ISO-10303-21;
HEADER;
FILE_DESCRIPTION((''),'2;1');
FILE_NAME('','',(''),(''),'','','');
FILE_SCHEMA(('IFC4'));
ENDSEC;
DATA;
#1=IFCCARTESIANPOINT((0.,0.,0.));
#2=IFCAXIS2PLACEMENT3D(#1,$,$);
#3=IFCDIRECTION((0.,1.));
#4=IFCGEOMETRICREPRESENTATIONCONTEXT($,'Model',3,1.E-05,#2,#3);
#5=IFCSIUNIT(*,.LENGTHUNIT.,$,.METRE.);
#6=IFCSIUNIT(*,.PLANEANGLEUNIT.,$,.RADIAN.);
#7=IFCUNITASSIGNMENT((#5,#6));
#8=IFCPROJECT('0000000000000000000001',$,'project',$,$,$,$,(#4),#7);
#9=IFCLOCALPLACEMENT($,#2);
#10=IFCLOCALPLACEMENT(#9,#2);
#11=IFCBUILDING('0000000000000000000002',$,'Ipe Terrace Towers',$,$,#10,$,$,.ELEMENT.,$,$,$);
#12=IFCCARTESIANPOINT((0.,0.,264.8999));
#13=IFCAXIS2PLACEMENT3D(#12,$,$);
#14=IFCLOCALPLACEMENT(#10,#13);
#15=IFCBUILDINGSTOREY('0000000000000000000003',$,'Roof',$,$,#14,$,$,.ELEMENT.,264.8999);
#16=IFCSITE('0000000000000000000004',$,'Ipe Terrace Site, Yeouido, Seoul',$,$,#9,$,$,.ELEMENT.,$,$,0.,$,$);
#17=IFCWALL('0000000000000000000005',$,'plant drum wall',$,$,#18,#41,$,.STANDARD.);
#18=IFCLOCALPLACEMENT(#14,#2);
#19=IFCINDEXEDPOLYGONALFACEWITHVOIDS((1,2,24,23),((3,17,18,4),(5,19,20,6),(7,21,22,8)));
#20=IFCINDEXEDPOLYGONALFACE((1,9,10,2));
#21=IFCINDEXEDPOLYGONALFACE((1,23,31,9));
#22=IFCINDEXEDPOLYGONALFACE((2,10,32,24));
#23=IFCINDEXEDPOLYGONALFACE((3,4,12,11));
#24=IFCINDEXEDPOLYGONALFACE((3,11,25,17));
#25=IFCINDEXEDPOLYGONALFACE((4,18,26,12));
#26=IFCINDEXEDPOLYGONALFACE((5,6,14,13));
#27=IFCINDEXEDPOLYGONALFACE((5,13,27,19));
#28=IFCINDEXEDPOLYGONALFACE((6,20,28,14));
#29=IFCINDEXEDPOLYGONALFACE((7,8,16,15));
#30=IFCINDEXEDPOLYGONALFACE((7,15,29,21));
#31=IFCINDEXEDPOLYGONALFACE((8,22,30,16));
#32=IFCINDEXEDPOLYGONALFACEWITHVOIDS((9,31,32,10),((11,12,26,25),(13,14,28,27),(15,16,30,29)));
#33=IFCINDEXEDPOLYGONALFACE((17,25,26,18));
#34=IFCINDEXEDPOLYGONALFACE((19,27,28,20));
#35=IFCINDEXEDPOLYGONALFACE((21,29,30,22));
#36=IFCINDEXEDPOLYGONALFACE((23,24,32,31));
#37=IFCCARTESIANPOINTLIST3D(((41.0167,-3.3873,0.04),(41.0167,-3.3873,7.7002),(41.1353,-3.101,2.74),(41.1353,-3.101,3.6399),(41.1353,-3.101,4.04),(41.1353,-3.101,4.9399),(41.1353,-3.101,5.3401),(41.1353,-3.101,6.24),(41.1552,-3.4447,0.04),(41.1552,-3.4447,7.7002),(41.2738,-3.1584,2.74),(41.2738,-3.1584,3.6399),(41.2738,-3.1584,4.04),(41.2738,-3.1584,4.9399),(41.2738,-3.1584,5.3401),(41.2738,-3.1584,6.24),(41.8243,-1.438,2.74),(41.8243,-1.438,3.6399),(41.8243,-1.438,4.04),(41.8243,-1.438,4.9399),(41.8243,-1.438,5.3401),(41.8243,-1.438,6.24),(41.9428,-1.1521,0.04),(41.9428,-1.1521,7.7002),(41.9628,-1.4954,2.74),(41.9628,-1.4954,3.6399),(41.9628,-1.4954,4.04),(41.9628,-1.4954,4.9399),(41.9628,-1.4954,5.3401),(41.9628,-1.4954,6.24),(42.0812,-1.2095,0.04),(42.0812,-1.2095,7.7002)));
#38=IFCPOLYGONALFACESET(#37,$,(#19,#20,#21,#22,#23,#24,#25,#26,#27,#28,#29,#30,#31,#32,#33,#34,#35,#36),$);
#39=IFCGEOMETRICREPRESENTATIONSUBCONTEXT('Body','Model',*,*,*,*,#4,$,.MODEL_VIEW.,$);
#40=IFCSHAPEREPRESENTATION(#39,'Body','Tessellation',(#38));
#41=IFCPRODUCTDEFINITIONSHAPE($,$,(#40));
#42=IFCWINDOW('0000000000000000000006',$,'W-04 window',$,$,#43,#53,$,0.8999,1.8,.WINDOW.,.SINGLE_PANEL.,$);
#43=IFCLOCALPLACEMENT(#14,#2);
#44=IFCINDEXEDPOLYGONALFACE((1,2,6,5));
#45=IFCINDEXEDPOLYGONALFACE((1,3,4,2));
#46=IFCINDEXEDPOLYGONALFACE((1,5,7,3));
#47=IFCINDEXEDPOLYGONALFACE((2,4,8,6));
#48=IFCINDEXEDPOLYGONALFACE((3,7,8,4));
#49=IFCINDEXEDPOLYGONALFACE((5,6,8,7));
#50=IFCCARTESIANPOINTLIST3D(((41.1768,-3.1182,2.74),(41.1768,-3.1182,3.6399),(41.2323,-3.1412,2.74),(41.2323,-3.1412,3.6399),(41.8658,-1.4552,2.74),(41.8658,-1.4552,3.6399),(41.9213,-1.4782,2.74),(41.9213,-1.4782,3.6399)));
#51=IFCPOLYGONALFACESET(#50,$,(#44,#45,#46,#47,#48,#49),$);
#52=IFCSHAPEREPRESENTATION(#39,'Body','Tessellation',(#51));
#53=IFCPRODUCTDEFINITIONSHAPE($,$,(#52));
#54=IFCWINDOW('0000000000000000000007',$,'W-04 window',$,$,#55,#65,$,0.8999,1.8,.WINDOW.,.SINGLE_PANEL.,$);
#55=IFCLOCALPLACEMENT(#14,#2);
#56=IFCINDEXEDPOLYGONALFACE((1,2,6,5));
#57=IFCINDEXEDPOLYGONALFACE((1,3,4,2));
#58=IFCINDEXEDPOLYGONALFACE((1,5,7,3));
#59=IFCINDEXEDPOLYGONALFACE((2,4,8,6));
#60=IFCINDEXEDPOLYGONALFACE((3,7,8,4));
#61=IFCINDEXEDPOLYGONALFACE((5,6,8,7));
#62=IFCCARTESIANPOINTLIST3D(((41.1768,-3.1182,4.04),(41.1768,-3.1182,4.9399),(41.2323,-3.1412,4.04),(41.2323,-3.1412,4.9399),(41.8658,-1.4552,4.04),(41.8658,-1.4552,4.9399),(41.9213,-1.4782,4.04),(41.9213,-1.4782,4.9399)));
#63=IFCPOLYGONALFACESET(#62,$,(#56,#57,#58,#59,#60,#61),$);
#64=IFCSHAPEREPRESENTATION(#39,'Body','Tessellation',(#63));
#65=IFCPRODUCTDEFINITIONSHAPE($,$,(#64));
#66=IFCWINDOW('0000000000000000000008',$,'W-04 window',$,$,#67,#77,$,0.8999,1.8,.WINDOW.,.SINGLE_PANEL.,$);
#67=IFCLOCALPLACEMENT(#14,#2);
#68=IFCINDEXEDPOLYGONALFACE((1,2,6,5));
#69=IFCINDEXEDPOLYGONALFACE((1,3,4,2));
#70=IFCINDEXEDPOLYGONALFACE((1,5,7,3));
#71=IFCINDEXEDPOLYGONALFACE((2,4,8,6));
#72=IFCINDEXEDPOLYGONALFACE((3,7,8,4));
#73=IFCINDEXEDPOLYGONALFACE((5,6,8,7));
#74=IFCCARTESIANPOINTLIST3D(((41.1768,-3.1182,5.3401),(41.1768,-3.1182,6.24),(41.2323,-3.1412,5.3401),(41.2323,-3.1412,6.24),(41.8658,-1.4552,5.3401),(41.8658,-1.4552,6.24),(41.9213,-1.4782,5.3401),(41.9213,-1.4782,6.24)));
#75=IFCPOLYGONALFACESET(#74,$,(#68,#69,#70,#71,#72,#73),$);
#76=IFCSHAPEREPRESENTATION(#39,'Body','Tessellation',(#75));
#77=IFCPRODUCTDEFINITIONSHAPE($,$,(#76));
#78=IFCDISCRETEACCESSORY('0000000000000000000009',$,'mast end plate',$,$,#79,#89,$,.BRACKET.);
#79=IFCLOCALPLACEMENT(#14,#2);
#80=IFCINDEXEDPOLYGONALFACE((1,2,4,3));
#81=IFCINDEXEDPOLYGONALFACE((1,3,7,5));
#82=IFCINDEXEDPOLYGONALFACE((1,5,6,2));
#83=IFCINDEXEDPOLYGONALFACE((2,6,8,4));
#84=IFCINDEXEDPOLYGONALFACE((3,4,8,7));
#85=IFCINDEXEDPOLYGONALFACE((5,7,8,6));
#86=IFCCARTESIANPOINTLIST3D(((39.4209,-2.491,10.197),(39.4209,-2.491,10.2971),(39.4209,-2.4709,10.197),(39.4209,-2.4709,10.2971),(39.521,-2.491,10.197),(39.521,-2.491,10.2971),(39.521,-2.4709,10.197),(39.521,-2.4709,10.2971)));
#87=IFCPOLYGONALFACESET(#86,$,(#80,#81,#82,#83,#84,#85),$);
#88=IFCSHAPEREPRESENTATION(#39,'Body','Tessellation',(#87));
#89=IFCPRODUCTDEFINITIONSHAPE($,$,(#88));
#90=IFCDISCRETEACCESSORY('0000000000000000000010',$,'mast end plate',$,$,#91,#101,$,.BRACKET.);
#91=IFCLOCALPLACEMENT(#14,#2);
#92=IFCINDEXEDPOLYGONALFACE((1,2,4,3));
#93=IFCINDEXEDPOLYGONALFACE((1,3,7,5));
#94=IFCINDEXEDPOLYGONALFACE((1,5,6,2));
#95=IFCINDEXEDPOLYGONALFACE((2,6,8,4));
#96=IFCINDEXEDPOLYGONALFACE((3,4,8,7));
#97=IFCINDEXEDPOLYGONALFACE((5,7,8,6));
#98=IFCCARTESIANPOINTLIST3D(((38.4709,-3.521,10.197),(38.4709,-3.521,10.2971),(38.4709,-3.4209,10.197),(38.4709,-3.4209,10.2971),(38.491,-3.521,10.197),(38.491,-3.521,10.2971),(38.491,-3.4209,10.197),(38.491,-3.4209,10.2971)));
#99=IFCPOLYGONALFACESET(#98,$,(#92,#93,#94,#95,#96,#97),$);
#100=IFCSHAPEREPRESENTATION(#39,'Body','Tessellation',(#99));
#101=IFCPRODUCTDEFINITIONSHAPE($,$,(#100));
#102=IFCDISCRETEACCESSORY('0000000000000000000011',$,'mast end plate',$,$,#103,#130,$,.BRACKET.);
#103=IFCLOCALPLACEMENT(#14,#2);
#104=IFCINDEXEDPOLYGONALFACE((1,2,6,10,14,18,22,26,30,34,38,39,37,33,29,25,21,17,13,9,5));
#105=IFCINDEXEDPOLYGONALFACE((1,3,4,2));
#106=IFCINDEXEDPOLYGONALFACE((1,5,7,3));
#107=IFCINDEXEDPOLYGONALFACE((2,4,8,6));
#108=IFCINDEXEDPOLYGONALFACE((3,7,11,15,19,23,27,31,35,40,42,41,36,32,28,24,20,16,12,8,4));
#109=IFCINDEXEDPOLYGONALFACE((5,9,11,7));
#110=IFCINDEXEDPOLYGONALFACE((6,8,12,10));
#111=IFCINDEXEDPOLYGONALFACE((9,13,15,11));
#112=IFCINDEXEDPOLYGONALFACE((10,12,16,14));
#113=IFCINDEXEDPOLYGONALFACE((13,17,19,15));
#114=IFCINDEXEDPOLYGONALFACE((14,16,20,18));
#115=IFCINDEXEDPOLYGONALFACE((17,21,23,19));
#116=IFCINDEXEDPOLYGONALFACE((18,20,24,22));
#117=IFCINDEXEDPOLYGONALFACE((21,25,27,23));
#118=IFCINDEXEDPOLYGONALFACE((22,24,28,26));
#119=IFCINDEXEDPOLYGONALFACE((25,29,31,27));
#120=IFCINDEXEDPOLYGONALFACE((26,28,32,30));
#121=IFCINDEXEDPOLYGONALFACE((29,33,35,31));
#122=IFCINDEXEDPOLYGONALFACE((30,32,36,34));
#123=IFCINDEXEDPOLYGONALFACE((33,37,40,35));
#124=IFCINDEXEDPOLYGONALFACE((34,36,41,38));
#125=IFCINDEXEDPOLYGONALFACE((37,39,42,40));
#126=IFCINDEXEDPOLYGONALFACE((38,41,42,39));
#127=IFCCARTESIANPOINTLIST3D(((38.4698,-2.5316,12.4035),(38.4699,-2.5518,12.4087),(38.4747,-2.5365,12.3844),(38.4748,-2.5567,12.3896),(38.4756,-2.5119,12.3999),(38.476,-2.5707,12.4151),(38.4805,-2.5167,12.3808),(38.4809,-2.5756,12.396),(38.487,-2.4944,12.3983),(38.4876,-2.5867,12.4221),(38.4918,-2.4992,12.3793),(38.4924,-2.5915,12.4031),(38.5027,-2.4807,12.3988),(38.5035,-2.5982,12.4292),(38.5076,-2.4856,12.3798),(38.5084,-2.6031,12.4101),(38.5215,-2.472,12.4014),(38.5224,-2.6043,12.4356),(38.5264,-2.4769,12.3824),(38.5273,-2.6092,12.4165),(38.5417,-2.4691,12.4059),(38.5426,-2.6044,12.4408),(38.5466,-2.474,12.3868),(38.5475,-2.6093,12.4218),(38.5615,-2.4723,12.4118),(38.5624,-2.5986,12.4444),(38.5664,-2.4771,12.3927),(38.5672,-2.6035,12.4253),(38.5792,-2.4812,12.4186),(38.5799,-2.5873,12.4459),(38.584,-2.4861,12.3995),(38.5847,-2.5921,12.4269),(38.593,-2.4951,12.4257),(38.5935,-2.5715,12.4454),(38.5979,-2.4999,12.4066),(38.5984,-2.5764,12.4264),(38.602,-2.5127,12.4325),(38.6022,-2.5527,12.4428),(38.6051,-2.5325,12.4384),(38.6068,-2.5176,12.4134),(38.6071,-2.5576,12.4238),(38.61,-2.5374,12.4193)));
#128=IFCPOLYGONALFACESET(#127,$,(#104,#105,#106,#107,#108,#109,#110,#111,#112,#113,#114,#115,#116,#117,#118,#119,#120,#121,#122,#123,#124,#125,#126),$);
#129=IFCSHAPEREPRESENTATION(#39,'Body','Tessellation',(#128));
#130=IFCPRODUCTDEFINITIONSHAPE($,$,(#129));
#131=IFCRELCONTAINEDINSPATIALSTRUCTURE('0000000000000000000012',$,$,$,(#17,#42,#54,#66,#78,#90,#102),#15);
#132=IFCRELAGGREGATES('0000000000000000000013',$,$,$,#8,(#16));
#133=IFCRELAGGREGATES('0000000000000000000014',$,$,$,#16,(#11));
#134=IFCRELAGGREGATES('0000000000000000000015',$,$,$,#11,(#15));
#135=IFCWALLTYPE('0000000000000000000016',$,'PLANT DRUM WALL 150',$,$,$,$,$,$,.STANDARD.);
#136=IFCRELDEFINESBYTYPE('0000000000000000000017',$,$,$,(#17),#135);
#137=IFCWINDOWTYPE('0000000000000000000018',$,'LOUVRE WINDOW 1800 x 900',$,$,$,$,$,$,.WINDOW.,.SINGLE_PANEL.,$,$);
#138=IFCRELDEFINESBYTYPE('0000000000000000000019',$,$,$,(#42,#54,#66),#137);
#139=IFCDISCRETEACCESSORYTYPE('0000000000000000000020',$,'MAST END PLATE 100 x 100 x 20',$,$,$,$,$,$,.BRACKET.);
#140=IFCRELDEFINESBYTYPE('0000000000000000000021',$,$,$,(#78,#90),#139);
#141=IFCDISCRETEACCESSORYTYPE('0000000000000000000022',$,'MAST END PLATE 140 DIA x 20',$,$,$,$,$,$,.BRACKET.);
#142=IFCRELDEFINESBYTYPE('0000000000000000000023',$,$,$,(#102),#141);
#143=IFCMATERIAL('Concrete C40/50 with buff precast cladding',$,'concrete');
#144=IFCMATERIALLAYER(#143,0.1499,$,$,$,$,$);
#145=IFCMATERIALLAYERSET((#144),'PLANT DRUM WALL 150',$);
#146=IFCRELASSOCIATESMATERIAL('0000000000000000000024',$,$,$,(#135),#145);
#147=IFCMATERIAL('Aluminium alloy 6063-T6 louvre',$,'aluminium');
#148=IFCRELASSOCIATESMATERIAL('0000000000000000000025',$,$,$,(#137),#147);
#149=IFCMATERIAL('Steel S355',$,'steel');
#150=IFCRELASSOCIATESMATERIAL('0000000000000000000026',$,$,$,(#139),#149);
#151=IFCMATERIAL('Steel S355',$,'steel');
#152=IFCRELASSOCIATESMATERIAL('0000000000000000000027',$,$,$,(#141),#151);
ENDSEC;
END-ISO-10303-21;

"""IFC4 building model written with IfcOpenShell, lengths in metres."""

from ifc_helpers import new_model, si_unit, direction, frame, frame_2d, origin, origin_2d, place, context, subcontext, project, spatial, rectangle, circle, extrude, material, layer, layer_set, material_profile, profile_set, type_object, element, fill, save


model = new_model("IFC4")

# Units and contexts
model_context = context("Model", 3, precision=1e-05, world=origin(), true_north=direction((0.0, 1.0)))
body_context = subcontext(model_context, "Body", "Model", "MODEL_VIEW")
ifc_project = project(units=[si_unit("LENGTHUNIT", "METRE"), si_unit("PLANEANGLEUNIT", "RADIAN")], contexts=[model_context])

# Site, building, storey
site_placement = place(None, origin())
site = spatial("IfcSite", under=ifc_project, at=site_placement, Name="Ipe Terrace Site, Yeouido, Seoul", CompositionType="ELEMENT", RefElevation=0.0)
building_placement = place(site_placement, origin())
building = spatial("IfcBuilding", under=site, at=building_placement, Name="Ipe Terrace Towers", CompositionType="ELEMENT")
storey_placement = place(building_placement, frame((0.0, 0.0, 264.8999)))
storey = spatial("IfcBuildingStorey", under=building, at=storey_placement, Name="Roof", CompositionType="ELEMENT", Elevation=264.8999)

# Wall, openings, windows
ifc_material_1 = material(Name="Concrete C40/50 with buff precast cladding", Category="concrete")
ifc_layer = layer(ifc_material_1, 0.1499)
ifc_layer_set = layer_set([ifc_layer], Name="PLANT DRUM WALL 150")
wall_type = type_object("IfcWallType", Name="PLANT DRUM WALL 150", PredefinedType="STANDARD", material=ifc_layer_set)
wall_placement = place(storey_placement, frame((41.0859, -3.416, 0.04), z_axis=(0.0, 0.0, 1.0), x_axis=(0.382759, 0.923848, 0.0)))
wall = element("IfcWall", 1, at=wall_placement, inside=storey, type_object=wall_type, Name="plant drum wall", PredefinedType="STANDARD", context=body_context, shape_type="SweptSolid", body=[
    extrude(rectangle(XDim=2.4194, YDim=0.1499, at=frame_2d((1.2097, 0.0))), origin(), (0.0, 0.0, 1.0), 7.6602),
])
opening_1_placement = place(wall_placement, frame((0.3101, 0.0, 2.7)))
opening_1 = element("IfcOpeningElement", 2, at=opening_1_placement, cuts=wall, PredefinedType="OPENING", context=body_context, shape_type="SweptSolid", body=[
    extrude(rectangle(XDim=1.8, YDim=0.8999, at=frame_2d((0.8999, 0.45))), frame((0.0, 0.085, 0.0), z_axis=(0.0, -1.0, 0.0), x_axis=(1.0, 0.0, 0.0)), (0.0, 0.0, 1.0), 0.1699),
])
opening_2_placement = place(wall_placement, frame((0.3101, 0.0, 4.0)))
opening_2 = element("IfcOpeningElement", 3, at=opening_2_placement, cuts=wall, PredefinedType="OPENING", context=body_context, shape_type="SweptSolid", body=[
    extrude(rectangle(XDim=1.8, YDim=0.8999, at=frame_2d((0.8999, 0.45))), frame((0.0, 0.085, 0.0), z_axis=(0.0, -1.0, 0.0), x_axis=(1.0, 0.0, 0.0)), (0.0, 0.0, 1.0), 0.1699),
])
opening_3_placement = place(wall_placement, frame((0.3101, 0.0, 5.3)))
opening_3 = element("IfcOpeningElement", 4, at=opening_3_placement, cuts=wall, PredefinedType="OPENING", context=body_context, shape_type="SweptSolid", body=[
    extrude(rectangle(XDim=1.8, YDim=0.8999, at=frame_2d((0.8999, 0.45))), frame((0.0, 0.085, 0.0), z_axis=(0.0, -1.0, 0.0), x_axis=(1.0, 0.0, 0.0)), (0.0, 0.0, 1.0), 0.1699),
])
ifc_material_2 = material(Name="Aluminium alloy 6063-T6 louvre", Category="aluminium")
window_type = type_object("IfcWindowType", Name="LOUVRE WINDOW 1800 x 900", PartitioningType="SINGLE_PANEL", PredefinedType="WINDOW", material=ifc_material_2)
window_1_placement = place(opening_1_placement, origin())
window_1 = element("IfcWindow", 5, at=window_1_placement, inside=storey, type_object=window_type, Name="W-04 window", OverallHeight=0.8999, OverallWidth=1.8, PartitioningType="SINGLE_PANEL", PredefinedType="WINDOW", context=body_context, shape_type="SweptSolid", body=[
    extrude(rectangle(XDim=1.8, YDim=0.8999, at=frame_2d((0.8999, 0.45))), frame((0.0, 0.03, 0.0), z_axis=(0.0, -1.0, 0.0), x_axis=(1.0, 0.0, 0.0)), (0.0, 0.0, 1.0), 0.0601),
])
fill(opening_1, window_1)
window_2_placement = place(opening_2_placement, origin())
window_2 = element("IfcWindow", 6, at=window_2_placement, inside=storey, type_object=window_type, Name="W-04 window", OverallHeight=0.8999, OverallWidth=1.8, PartitioningType="SINGLE_PANEL", PredefinedType="WINDOW", context=body_context, shape_type="SweptSolid", body=[
    extrude(rectangle(XDim=1.8, YDim=0.8999, at=frame_2d((0.8999, 0.45))), frame((0.0, 0.03, 0.0), z_axis=(0.0, -1.0, 0.0), x_axis=(1.0, 0.0, 0.0)), (0.0, 0.0, 1.0), 0.0601),
])
fill(opening_2, window_2)
window_3_placement = place(opening_3_placement, origin())
window_3 = element("IfcWindow", 7, at=window_3_placement, inside=storey, type_object=window_type, Name="W-04 window", OverallHeight=0.8999, OverallWidth=1.8, PartitioningType="SINGLE_PANEL", PredefinedType="WINDOW", context=body_context, shape_type="SweptSolid", body=[
    extrude(rectangle(XDim=1.8, YDim=0.8999, at=frame_2d((0.8999, 0.45))), frame((0.0, 0.03, 0.0), z_axis=(0.0, -1.0, 0.0), x_axis=(1.0, 0.0, 0.0)), (0.0, 0.0, 1.0), 0.0601),
])
fill(opening_3, window_3)

# Discrete accessories
ifc_material_3 = material(Name="Steel S355", Category="steel")
ifc_material_profile_1 = material_profile(ifc_material_3, rectangle(XDim=0.1001, YDim=0.1001, at=origin_2d()), Name="MAST END PLATE 100 x 100 x 20")
ifc_profile_set_1 = profile_set([ifc_material_profile_1], Name="Steel S355")
discrete_accessory_type_1 = type_object("IfcDiscreteAccessoryType", Name="MAST END PLATE 100 x 100 x 20", PredefinedType="BRACKET", material=ifc_profile_set_1)
for number, where, z_axis, x_axis, name in (
    (8, (39.4709, -2.4709, 10.2471), (0.0, -1.0, 0.0), (1.0, 0.0, 0.0), "mast end plate"),
    (9, (38.4709, -3.4709, 10.2471), (1.0, 0.0, 0.0), (0.0, 1.0, 0.0), "mast end plate"),
):
    element("IfcDiscreteAccessory", number, at=place(storey_placement, frame(where, z_axis=z_axis, x_axis=x_axis)), inside=storey, type_object=discrete_accessory_type_1, Name=name, PredefinedType="BRACKET", context=body_context, shape_type="SweptSolid", body=[
        extrude(rectangle(XDim=0.1001, YDim=0.1001, at=origin_2d()), origin(), (0.0, 0.0, 1.0), 0.02),
    ])
ifc_material_4 = material(Name="Steel S355", Category="steel")
ifc_material_profile_2 = material_profile(ifc_material_4, circle(Radius=0.0701, at=origin_2d()), Name="MAST END PLATE 140 DIA x 20")
ifc_profile_set_2 = profile_set([ifc_material_profile_2], Name="Steel S355")
discrete_accessory_type_2 = type_object("IfcDiscreteAccessoryType", Name="MAST END PLATE 140 DIA x 20", PredefinedType="BRACKET", material=ifc_profile_set_2)
discrete_accessory_placement = place(storey_placement, frame((38.542, -2.542, 12.4031), z_axis=(-0.241051, 0.241051, 0.9401), x_axis=(-0.707107, -0.707107, 0.0)))
element("IfcDiscreteAccessory", 10, at=discrete_accessory_placement, inside=storey, type_object=discrete_accessory_type_2, Name="mast end plate", PredefinedType="BRACKET", context=body_context, shape_type="SweptSolid", body=[
    extrude(circle(Radius=0.0701, at=origin_2d()), origin(), (0.0, 0.0, 1.0), 0.0203),
])

save(model, "model.ifc")
